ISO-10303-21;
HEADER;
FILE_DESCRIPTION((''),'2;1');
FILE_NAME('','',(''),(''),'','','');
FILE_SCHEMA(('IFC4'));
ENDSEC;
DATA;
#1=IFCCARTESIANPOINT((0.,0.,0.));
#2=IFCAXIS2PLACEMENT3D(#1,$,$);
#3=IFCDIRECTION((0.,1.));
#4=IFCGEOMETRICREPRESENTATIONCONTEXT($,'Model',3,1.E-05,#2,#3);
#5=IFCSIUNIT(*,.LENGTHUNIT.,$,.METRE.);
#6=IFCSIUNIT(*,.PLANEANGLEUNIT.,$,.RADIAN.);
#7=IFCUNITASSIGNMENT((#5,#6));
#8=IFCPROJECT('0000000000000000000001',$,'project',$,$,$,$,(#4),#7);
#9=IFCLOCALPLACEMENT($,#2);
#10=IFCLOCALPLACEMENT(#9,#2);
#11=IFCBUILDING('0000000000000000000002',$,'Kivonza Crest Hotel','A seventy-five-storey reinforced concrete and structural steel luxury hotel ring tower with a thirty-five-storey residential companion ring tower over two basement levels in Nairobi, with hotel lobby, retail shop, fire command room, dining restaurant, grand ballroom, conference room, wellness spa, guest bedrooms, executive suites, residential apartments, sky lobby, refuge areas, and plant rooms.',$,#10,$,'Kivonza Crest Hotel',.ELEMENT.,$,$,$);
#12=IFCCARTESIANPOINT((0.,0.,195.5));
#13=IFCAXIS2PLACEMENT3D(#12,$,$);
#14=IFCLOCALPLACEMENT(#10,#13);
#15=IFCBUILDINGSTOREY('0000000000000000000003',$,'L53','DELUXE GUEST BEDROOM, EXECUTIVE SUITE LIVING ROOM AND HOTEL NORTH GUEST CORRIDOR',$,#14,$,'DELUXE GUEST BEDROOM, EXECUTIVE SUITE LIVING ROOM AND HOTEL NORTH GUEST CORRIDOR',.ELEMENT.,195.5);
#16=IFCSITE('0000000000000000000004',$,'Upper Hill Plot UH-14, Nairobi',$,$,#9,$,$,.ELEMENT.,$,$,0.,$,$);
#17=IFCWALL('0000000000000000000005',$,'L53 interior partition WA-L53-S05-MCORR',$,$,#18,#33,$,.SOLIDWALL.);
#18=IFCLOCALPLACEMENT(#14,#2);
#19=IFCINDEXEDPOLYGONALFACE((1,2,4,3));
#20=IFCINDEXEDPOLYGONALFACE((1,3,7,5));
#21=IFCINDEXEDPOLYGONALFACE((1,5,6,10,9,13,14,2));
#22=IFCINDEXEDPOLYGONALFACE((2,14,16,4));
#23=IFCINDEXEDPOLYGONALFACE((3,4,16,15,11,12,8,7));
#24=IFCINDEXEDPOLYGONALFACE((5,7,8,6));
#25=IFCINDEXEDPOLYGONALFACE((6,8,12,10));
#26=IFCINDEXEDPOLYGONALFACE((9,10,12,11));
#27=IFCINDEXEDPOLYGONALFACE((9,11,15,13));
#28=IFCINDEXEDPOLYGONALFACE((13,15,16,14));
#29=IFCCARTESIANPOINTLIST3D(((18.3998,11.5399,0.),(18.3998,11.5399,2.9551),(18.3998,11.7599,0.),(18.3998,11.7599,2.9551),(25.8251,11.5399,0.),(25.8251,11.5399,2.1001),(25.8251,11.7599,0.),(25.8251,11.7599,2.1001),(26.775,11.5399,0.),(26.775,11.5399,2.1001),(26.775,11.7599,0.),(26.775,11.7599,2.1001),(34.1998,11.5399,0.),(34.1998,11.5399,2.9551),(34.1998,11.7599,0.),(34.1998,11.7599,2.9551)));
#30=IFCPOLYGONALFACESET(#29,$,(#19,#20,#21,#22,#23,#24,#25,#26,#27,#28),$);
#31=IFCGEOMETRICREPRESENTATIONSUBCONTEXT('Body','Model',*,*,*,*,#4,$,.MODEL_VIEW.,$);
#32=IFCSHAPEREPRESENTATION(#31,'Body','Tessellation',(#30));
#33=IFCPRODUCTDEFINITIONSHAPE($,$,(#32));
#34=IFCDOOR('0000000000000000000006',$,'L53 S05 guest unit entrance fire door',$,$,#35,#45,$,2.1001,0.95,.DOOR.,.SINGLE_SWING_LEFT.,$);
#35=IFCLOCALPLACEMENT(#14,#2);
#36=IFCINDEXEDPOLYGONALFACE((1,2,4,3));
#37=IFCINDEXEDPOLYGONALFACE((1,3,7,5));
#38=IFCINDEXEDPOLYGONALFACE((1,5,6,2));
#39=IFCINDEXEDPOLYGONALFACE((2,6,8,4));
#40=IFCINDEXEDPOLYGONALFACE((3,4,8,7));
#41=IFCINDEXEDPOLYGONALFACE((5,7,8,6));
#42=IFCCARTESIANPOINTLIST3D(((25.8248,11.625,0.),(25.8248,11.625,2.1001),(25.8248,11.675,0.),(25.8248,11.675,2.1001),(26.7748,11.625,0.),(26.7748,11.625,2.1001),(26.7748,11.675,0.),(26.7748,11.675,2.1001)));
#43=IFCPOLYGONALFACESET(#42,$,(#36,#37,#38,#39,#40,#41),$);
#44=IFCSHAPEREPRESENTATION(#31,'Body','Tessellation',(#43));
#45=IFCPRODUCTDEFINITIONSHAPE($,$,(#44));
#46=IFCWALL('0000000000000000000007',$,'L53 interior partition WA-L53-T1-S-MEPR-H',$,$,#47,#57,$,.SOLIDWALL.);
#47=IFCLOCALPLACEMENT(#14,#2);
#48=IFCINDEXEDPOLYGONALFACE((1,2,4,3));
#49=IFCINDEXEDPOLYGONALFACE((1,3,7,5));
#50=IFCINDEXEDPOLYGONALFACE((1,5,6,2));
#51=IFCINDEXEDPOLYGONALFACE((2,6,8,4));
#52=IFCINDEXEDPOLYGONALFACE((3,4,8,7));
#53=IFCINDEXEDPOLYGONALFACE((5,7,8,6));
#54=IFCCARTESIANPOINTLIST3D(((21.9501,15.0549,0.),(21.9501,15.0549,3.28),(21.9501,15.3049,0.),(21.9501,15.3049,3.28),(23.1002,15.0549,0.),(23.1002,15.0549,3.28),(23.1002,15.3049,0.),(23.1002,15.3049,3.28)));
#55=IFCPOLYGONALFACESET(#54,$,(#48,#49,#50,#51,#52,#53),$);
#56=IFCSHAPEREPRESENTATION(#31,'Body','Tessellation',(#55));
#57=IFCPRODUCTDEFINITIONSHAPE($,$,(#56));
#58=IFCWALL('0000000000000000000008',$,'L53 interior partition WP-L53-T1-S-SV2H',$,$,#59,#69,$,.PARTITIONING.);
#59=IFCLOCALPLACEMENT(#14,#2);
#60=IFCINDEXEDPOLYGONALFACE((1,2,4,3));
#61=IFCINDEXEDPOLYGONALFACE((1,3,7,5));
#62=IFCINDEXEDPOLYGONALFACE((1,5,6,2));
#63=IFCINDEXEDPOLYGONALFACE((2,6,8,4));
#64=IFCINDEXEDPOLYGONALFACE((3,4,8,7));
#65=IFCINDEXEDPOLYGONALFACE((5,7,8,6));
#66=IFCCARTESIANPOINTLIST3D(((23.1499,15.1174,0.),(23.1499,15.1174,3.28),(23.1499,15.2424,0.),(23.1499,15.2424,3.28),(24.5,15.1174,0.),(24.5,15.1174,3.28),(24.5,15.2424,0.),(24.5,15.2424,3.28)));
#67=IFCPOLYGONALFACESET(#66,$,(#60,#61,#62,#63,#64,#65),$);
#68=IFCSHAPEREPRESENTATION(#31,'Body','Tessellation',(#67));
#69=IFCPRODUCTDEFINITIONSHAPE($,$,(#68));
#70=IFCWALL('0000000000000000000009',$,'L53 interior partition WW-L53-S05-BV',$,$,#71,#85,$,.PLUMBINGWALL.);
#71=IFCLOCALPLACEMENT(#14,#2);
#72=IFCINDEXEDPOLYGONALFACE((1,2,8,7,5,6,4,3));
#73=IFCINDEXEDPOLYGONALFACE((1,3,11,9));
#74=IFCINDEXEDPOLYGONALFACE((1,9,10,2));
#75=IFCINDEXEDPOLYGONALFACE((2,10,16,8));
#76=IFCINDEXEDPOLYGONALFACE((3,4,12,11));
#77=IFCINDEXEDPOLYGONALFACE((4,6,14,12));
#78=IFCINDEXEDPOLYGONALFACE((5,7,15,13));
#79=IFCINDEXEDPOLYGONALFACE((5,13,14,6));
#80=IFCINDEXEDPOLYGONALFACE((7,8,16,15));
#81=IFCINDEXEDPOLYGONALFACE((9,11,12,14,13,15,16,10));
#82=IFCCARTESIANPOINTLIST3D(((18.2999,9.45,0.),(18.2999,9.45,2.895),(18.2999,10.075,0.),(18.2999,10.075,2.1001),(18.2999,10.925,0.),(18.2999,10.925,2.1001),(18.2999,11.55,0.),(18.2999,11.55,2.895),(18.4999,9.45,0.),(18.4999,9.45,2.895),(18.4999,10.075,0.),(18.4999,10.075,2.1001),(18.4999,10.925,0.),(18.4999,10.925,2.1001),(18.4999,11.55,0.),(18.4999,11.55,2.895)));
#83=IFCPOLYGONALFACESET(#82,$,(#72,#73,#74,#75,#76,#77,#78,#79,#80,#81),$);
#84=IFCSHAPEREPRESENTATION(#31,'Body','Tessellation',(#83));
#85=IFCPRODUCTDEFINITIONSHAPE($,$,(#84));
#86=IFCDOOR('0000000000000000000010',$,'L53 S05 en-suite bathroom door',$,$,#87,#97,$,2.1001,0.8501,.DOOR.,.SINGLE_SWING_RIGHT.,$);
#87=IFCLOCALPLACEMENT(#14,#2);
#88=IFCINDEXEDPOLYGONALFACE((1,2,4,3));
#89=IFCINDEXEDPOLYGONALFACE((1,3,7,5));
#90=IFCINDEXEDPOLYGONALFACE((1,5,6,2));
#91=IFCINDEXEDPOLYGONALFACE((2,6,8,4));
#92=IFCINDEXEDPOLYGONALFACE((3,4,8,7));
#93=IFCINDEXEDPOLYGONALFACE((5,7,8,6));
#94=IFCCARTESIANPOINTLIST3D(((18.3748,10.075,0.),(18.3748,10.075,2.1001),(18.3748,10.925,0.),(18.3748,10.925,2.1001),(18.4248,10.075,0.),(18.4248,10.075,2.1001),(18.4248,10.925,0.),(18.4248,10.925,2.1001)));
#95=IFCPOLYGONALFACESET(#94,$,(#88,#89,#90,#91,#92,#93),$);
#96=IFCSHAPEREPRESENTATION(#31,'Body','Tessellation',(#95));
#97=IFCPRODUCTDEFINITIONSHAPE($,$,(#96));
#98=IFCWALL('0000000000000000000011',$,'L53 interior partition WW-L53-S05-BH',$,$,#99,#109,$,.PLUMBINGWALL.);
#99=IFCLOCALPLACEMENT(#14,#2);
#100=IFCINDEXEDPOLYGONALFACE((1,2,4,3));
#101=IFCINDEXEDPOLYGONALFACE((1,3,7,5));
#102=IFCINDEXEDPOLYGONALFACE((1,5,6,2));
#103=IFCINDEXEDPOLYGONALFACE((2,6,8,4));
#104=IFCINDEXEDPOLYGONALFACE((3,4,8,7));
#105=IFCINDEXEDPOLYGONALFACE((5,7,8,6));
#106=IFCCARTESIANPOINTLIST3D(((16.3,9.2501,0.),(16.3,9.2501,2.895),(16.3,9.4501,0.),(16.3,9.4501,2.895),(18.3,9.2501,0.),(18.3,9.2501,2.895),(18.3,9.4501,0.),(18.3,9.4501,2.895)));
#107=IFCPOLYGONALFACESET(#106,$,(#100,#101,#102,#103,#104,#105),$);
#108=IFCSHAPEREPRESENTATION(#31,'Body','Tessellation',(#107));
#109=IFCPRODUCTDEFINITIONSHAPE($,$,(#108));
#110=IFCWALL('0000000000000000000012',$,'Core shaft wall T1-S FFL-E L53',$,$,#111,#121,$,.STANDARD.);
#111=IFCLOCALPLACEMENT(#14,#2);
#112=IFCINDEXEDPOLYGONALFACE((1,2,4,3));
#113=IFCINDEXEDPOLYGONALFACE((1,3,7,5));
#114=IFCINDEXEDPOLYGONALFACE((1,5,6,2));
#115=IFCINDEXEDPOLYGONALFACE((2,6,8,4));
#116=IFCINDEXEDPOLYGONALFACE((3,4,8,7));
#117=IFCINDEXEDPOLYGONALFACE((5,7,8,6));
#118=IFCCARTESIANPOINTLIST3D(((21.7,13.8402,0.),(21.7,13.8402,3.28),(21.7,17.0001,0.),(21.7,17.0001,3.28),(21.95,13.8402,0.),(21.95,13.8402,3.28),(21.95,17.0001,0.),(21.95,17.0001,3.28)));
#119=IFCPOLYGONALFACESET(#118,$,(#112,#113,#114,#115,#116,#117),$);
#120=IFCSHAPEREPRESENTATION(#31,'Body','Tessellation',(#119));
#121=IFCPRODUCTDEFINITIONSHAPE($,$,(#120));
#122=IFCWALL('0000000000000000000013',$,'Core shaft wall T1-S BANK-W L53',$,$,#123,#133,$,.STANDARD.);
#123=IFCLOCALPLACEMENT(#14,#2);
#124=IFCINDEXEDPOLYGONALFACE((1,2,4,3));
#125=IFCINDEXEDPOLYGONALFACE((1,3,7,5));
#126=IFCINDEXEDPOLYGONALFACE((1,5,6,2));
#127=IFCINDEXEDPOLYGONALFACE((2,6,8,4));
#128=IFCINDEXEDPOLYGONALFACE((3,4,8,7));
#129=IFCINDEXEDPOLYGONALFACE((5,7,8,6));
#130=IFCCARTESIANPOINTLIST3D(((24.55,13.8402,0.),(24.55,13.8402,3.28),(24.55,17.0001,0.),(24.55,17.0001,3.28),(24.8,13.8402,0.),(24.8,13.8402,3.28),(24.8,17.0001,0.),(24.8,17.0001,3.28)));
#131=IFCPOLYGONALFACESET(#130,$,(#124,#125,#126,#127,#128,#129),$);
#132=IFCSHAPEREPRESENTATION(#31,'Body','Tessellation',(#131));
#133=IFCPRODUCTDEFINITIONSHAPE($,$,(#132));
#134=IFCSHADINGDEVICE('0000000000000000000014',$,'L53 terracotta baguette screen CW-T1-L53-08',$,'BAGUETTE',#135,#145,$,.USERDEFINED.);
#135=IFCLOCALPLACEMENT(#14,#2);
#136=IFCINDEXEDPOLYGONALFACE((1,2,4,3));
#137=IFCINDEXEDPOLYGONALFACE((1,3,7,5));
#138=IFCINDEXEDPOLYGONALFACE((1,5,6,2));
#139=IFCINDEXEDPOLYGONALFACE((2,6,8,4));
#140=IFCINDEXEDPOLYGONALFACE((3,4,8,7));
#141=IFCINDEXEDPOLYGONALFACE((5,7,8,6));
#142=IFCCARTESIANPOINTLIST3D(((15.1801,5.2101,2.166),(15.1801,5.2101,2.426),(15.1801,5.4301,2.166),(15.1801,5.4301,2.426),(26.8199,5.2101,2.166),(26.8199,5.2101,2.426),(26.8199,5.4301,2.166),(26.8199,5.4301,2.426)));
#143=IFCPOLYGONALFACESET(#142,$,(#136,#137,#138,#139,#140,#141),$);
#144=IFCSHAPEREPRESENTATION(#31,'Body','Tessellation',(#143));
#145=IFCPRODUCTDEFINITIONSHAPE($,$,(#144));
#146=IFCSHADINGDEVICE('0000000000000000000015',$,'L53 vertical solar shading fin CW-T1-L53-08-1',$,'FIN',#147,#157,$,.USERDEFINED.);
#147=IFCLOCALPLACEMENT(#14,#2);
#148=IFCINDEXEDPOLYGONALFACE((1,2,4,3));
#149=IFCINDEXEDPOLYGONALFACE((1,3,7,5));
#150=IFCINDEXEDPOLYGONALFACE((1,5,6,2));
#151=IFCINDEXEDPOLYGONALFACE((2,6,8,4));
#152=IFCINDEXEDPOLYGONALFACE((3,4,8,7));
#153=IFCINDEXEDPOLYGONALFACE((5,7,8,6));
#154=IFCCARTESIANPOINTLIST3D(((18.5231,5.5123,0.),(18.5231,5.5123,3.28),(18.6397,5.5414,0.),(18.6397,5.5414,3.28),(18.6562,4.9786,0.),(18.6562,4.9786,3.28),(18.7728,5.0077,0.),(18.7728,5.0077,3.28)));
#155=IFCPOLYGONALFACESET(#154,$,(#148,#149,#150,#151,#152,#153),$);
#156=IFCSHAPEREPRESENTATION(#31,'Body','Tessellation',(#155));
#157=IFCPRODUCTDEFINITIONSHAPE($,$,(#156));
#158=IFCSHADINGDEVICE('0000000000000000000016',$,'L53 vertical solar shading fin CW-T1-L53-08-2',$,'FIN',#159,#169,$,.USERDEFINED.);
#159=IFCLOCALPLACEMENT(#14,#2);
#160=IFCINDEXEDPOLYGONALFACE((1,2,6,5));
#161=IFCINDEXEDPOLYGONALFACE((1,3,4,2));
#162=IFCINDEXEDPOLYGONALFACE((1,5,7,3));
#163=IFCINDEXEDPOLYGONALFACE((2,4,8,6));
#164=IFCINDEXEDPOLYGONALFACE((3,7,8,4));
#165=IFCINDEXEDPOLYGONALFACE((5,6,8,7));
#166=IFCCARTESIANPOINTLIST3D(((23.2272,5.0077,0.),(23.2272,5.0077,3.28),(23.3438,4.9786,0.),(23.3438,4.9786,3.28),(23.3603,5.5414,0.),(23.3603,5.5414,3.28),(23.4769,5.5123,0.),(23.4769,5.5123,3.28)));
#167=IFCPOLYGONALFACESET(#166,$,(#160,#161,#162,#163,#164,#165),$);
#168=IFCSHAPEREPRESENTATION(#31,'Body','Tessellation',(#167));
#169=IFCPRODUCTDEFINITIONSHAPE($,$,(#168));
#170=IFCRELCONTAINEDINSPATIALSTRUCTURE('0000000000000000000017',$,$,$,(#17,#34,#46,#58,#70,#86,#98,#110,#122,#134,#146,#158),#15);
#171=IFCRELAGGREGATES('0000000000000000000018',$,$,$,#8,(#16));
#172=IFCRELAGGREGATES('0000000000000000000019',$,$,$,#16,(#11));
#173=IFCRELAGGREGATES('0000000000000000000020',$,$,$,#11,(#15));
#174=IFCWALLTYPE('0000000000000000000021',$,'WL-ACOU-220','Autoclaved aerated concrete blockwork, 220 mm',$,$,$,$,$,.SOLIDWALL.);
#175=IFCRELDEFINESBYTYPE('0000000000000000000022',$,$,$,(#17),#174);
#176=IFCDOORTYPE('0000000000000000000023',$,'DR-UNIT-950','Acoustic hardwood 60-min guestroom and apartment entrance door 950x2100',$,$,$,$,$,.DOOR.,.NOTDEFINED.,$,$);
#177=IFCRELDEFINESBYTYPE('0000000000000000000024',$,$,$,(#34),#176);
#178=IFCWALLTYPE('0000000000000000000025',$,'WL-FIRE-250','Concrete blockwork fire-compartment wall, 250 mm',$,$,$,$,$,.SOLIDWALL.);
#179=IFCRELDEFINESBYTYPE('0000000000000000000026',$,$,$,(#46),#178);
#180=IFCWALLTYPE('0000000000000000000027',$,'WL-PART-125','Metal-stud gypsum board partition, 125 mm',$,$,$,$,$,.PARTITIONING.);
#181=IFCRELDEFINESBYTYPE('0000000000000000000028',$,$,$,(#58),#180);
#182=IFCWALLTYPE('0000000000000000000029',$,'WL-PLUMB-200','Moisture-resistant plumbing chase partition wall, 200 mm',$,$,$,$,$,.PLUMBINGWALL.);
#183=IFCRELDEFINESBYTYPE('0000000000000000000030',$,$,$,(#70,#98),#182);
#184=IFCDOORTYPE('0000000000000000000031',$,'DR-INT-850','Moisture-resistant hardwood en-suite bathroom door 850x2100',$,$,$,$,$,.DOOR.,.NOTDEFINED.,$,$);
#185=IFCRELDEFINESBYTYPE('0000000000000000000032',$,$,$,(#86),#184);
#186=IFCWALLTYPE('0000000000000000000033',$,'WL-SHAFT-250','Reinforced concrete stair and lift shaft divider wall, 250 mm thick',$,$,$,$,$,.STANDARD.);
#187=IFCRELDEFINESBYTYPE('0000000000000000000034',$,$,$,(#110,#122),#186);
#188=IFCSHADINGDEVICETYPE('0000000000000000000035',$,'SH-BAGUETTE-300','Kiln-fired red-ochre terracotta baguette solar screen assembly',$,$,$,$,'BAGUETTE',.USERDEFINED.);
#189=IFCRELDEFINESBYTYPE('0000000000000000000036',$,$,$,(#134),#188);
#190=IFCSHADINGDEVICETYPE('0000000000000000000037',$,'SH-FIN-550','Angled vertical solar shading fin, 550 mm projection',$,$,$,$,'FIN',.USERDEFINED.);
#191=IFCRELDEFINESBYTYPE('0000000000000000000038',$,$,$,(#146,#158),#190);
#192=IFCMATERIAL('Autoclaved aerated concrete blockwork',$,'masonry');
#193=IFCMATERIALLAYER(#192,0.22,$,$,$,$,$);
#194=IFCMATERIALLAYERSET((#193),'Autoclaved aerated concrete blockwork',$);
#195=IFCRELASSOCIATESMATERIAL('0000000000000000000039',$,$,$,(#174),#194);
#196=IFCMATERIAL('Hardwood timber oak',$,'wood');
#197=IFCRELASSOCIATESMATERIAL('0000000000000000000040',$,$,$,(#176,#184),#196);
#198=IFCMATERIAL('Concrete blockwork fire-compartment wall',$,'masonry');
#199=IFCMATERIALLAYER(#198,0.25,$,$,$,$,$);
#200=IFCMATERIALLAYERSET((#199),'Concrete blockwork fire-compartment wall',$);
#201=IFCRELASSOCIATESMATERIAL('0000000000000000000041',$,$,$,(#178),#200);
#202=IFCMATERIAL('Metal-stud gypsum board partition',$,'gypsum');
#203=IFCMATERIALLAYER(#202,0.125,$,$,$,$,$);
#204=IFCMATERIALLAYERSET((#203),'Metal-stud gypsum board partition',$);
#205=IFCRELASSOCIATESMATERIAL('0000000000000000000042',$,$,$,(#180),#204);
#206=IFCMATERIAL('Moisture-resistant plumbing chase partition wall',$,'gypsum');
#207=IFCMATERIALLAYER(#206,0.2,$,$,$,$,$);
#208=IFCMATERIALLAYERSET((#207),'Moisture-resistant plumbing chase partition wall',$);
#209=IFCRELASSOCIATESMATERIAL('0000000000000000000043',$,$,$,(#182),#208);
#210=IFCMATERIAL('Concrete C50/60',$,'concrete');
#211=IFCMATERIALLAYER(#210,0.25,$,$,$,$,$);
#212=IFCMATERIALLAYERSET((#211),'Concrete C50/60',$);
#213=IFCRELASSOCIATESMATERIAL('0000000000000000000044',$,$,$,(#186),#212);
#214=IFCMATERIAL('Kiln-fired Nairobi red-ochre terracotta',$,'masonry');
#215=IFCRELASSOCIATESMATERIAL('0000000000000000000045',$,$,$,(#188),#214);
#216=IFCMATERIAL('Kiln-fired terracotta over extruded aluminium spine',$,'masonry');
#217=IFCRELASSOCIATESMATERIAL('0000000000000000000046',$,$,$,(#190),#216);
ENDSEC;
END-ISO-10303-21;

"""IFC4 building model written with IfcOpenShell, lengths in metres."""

from ifc_helpers import new_model, si_unit, direction, frame, frame_2d, origin, origin_2d, place, context, subcontext, project, spatial, rectangle, extrude, material, layer, layer_set, type_object, element, fill, save


model = new_model("IFC4")

# Units and contexts
model_context = context("Model", 3, precision=1e-05, world=origin(), true_north=direction((0.0, 1.0)))
body_context = subcontext(model_context, "Body", "Model", "MODEL_VIEW")
ifc_project = project(units=[si_unit("LENGTHUNIT", "METRE"), si_unit("PLANEANGLEUNIT", "RADIAN")], contexts=[model_context])

# Site, building, storey
site_placement = place(None, origin())
site = spatial("IfcSite", under=ifc_project, at=site_placement, Name="Upper Hill Plot UH-14, Nairobi", CompositionType="ELEMENT", RefElevation=0.0)
building_placement = place(site_placement, origin())
building = spatial("IfcBuilding", under=site, at=building_placement, Name="Kivonza Crest Hotel", Description="A seventy-five-storey reinforced concrete and structural steel luxury hotel ring tower with a thirty-five-storey residential companion ring tower over two basement levels in Nairobi, with hotel lobby, retail shop, fire command room, dining restaurant, grand ballroom, conference room, wellness spa, guest bedrooms, executive suites, residential apartments, sky lobby, refuge areas, and plant rooms.", LongName="Kivonza Crest Hotel", CompositionType="ELEMENT")
storey_placement = place(building_placement, frame((0.0, 0.0, 195.5)))
storey = spatial("IfcBuildingStorey", under=building, at=storey_placement, Name="L53", Description="DELUXE GUEST BEDROOM, EXECUTIVE SUITE LIVING ROOM AND HOTEL NORTH GUEST CORRIDOR", LongName="DELUXE GUEST BEDROOM, EXECUTIVE SUITE LIVING ROOM AND HOTEL NORTH GUEST CORRIDOR", CompositionType="ELEMENT", Elevation=195.5)

# Shared definitions
ifc_material_1 = material(Name="Concrete C50/60", Category="concrete")

# Shared definitions
ifc_material_2 = material(Name="Autoclaved aerated concrete blockwork", Category="masonry")
ifc_layer_1 = layer(ifc_material_2, 0.22)
ifc_layer_set_1 = layer_set([ifc_layer_1], Name="Autoclaved aerated concrete blockwork")
wall_type_1 = type_object("IfcWallType", Name="WL-ACOU-220", Description="Autoclaved aerated concrete blockwork, 220 mm", PredefinedType="SOLIDWALL", material=ifc_layer_set_1)

# Wall, opening, door
wall_1_placement = place(storey_placement, frame((18.3999, 11.6499, 0.0), z_axis=(0.0, 0.0, 1.0), x_axis=(1.0, 0.0, 0.0)))
wall_1 = element("IfcWall", 1, at=wall_1_placement, inside=storey, type_object=wall_type_1, Name="L53 interior partition WA-L53-S05-MCORR", PredefinedType="SOLIDWALL", context=body_context, shape_type="SweptSolid", body=[
    extrude(rectangle(XDim=15.8, YDim=0.22, at=frame_2d((7.8999, 0.0))), origin(), (0.0, 0.0, 1.0), 2.9551),
])
opening_1_placement = place(wall_1_placement, frame((7.425, 0.0, 0.0)))
opening_1 = element("IfcOpeningElement", 2, at=opening_1_placement, cuts=wall_1, PredefinedType="OPENING", context=body_context, shape_type="SweptSolid", body=[
    extrude(rectangle(XDim=0.95, YDim=2.1001, at=frame_2d((0.4751, 1.05))), frame((0.0, 0.1201, 0.0), z_axis=(0.0, -1.0, 0.0), x_axis=(1.0, 0.0, 0.0)), (0.0, 0.0, 1.0), 0.24),
])
ifc_material_3 = material(Name="Hardwood timber oak", Category="wood")
door_type_1 = type_object("IfcDoorType", Name="DR-UNIT-950", Description="Acoustic hardwood 60-min guestroom and apartment entrance door 950x2100", OperationType="NOTDEFINED", PredefinedType="DOOR", material=ifc_material_3)
door_1_placement = place(opening_1_placement, frame((0.95, 0.0, 0.0), z_axis=(0.0, 0.0, 1.0), x_axis=(-1.0, 0.0, 0.0)))
door_1 = element("IfcDoor", 3, at=door_1_placement, inside=storey, type_object=door_type_1, Name="L53 S05 guest unit entrance fire door", OperationType="SINGLE_SWING_LEFT", OverallHeight=2.1001, OverallWidth=0.95, PredefinedType="DOOR", context=body_context, shape_type="SweptSolid", body=[
    extrude(rectangle(XDim=0.95, YDim=2.1001, at=frame_2d((0.4751, 1.05))), frame((0.0, 0.0249, 0.0), z_axis=(0.0, -1.0, 0.0), x_axis=(1.0, 0.0, 0.0)), (0.0, 0.0, 1.0), 0.05),
])
fill(opening_1, door_1)

# Walls
ifc_material_4 = material(Name="Concrete blockwork fire-compartment wall", Category="masonry")
ifc_layer_2 = layer(ifc_material_4, 0.25)
ifc_layer_set_2 = layer_set([ifc_layer_2], Name="Concrete blockwork fire-compartment wall")
wall_type_2 = type_object("IfcWallType", Name="WL-FIRE-250", Description="Concrete blockwork fire-compartment wall, 250 mm", PredefinedType="SOLIDWALL", material=ifc_layer_set_2)
wall_2_placement = place(storey_placement, frame((21.95, 15.1799, 0.0), z_axis=(0.0, 0.0, 1.0), x_axis=(1.0, 0.0, 0.0)))
element("IfcWall", 4, at=wall_2_placement, inside=storey, type_object=wall_type_2, Name="L53 interior partition WA-L53-T1-S-MEPR-H", PredefinedType="SOLIDWALL", context=body_context, shape_type="SweptSolid", body=[
    extrude(rectangle(XDim=1.1501, YDim=0.25, at=frame_2d((0.5752, 0.0))), origin(), (0.0, 0.0, 1.0), 3.28),
])
ifc_material_5 = material(Name="Metal-stud gypsum board partition", Category="gypsum")
ifc_layer_3 = layer(ifc_material_5, 0.125)
ifc_layer_set_3 = layer_set([ifc_layer_3], Name="Metal-stud gypsum board partition")
wall_type_3 = type_object("IfcWallType", Name="WL-PART-125", Description="Metal-stud gypsum board partition, 125 mm", PredefinedType="PARTITIONING", material=ifc_layer_set_3)
wall_3_placement = place(storey_placement, frame((23.1499, 15.1799, 0.0), z_axis=(0.0, 0.0, 1.0), x_axis=(1.0, 0.0, 0.0)))
element("IfcWall", 5, at=wall_3_placement, inside=storey, type_object=wall_type_3, Name="L53 interior partition WP-L53-T1-S-SV2H", PredefinedType="PARTITIONING", context=body_context, shape_type="SweptSolid", body=[
    extrude(rectangle(XDim=1.3501, YDim=0.125, at=frame_2d((0.675, 0.0))), origin(), (0.0, 0.0, 1.0), 3.28),
])

# Wall, opening, door
ifc_material_6 = material(Name="Moisture-resistant plumbing chase partition wall", Category="gypsum")
ifc_layer_4 = layer(ifc_material_6, 0.2)
ifc_layer_set_4 = layer_set([ifc_layer_4], Name="Moisture-resistant plumbing chase partition wall")
wall_type_4 = type_object("IfcWallType", Name="WL-PLUMB-200", Description="Moisture-resistant plumbing chase partition wall, 200 mm", PredefinedType="PLUMBINGWALL", material=ifc_layer_set_4)
wall_4_placement = place(storey_placement, frame((18.3999, 9.45, 0.0), z_axis=(0.0, 0.0, 1.0), x_axis=(0.0, 1.0, 0.0)))
wall_4 = element("IfcWall", 6, at=wall_4_placement, inside=storey, type_object=wall_type_4, Name="L53 interior partition WW-L53-S05-BV", PredefinedType="PLUMBINGWALL", context=body_context, shape_type="SweptSolid", body=[
    extrude(rectangle(XDim=2.1001, YDim=0.2, at=frame_2d((1.05, 0.0))), origin(), (0.0, 0.0, 1.0), 2.895),
])
opening_2_placement = place(wall_4_placement, frame((0.625, 0.0, 0.0)))
opening_2 = element("IfcOpeningElement", 7, at=opening_2_placement, cuts=wall_4, PredefinedType="OPENING", context=body_context, shape_type="SweptSolid", body=[
    extrude(rectangle(XDim=0.8501, YDim=2.1001, at=frame_2d((0.425, 1.05))), frame((0.0, 0.1099, 0.0), z_axis=(0.0, -1.0, 0.0), x_axis=(1.0, 0.0, 0.0)), (0.0, 0.0, 1.0), 0.22),
])
door_type_2 = type_object("IfcDoorType", Name="DR-INT-850", Description="Moisture-resistant hardwood en-suite bathroom door 850x2100", OperationType="NOTDEFINED", PredefinedType="DOOR", material=ifc_material_3)
door_2_placement = place(opening_2_placement, frame((0.8501, 0.0, 0.0), z_axis=(0.0, 0.0, 1.0), x_axis=(-1.0, 0.0, 0.0)))
door_2 = element("IfcDoor", 8, at=door_2_placement, inside=storey, type_object=door_type_2, Name="L53 S05 en-suite bathroom door", OperationType="SINGLE_SWING_RIGHT", OverallHeight=2.1001, OverallWidth=0.8501, PredefinedType="DOOR", context=body_context, shape_type="SweptSolid", body=[
    extrude(rectangle(XDim=0.8501, YDim=2.1001, at=frame_2d((0.425, 1.05))), frame((0.0, 0.0249, 0.0), z_axis=(0.0, -1.0, 0.0), x_axis=(1.0, 0.0, 0.0)), (0.0, 0.0, 1.0), 0.05),
])
fill(opening_2, door_2)

# Wall
wall_5_placement = place(storey_placement, frame((16.3, 9.3501, 0.0), z_axis=(0.0, 0.0, 1.0), x_axis=(1.0, 0.0, 0.0)))
element("IfcWall", 9, at=wall_5_placement, inside=storey, type_object=wall_type_4, Name="L53 interior partition WW-L53-S05-BH", PredefinedType="PLUMBINGWALL", context=body_context, shape_type="SweptSolid", body=[
    extrude(rectangle(XDim=2.0, YDim=0.2, at=frame_2d((1.0, 0.0))), origin(), (0.0, 0.0, 1.0), 2.895),
])

# Shared definitions
ifc_layer_5 = layer(ifc_material_1, 0.25)
ifc_layer_set_5 = layer_set([ifc_layer_5], Name="Concrete C50/60")
wall_type_5 = type_object("IfcWallType", Name="WL-SHAFT-250", Description="Reinforced concrete stair and lift shaft divider wall, 250 mm thick", PredefinedType="STANDARD", material=ifc_layer_set_5)

# Walls
for number, where, z_axis, x_axis, name in (
    (10, (21.825, 13.8401, 0.0), (0.0, 0.0, 1.0), (0.0, 1.0, 0.0), "Core shaft wall T1-S FFL-E L53"),
    (11, (24.675, 13.8401, 0.0), (0.0, 0.0, 1.0), (0.0, 1.0, 0.0), "Core shaft wall T1-S BANK-W L53"),
):
    element("IfcWall", number, at=place(storey_placement, frame(where, z_axis=z_axis, x_axis=x_axis)), inside=storey, type_object=wall_type_5, Name=name, PredefinedType="STANDARD", context=body_context, shape_type="SweptSolid", body=[
        extrude(rectangle(XDim=3.1599, YDim=0.25, at=frame_2d((1.5801, 0.0))), origin(), (0.0, 0.0, 1.0), 3.28),
    ])

# Shading devices
ifc_material_7 = material(Name="Kiln-fired Nairobi red-ochre terracotta", Category="masonry")
shading_device_type_1 = type_object("IfcShadingDeviceType", Name="SH-BAGUETTE-300", Description="Kiln-fired red-ochre terracotta baguette solar screen assembly", ElementType="BAGUETTE", PredefinedType="USERDEFINED", material=ifc_material_7)
shading_device_placement = place(storey_placement, frame((21.0, 5.3201, 2.166), z_axis=(0.0, 0.0, 1.0), x_axis=(1.0, 0.0, 0.0)))
element("IfcShadingDevice", 12, at=shading_device_placement, inside=storey, type_object=shading_device_type_1, Name="L53 terracotta baguette screen CW-T1-L53-08", ObjectType="BAGUETTE", PredefinedType="USERDEFINED", context=body_context, shape_type="SweptSolid", body=[
    extrude(rectangle(XDim=11.6399, YDim=0.22, at=origin_2d()), origin(), (0.0, 0.0, 1.0), 0.26),
])
ifc_material_8 = material(Name="Kiln-fired terracotta over extruded aluminium spine", Category="masonry")
shading_device_type_2 = type_object("IfcShadingDeviceType", Name="SH-FIN-550", Description="Angled vertical solar shading fin, 550 mm projection", ElementType="FIN", PredefinedType="USERDEFINED", material=ifc_material_8)
for number, where, z_axis, x_axis, name in (
    (13, (18.6479, 5.26, 0.0), (0.0, 0.0, 1.0), (0.970296, 0.241922, 0.0), "L53 vertical solar shading fin CW-T1-L53-08-1"),
    (14, (23.3521, 5.26, 0.0), (0.0, 0.0, 1.0), (0.970296, -0.241922, 0.0), "L53 vertical solar shading fin CW-T1-L53-08-2"),
):
    element("IfcShadingDevice", number, at=place(storey_placement, frame(where, z_axis=z_axis, x_axis=x_axis)), inside=storey, type_object=shading_device_type_2, Name=name, ObjectType="FIN", PredefinedType="USERDEFINED", context=body_context, shape_type="SweptSolid", body=[
        extrude(rectangle(XDim=0.1201, YDim=0.55, at=origin_2d()), origin(), (0.0, 0.0, 1.0), 3.28),
    ])

save(model, "model.ifc")
